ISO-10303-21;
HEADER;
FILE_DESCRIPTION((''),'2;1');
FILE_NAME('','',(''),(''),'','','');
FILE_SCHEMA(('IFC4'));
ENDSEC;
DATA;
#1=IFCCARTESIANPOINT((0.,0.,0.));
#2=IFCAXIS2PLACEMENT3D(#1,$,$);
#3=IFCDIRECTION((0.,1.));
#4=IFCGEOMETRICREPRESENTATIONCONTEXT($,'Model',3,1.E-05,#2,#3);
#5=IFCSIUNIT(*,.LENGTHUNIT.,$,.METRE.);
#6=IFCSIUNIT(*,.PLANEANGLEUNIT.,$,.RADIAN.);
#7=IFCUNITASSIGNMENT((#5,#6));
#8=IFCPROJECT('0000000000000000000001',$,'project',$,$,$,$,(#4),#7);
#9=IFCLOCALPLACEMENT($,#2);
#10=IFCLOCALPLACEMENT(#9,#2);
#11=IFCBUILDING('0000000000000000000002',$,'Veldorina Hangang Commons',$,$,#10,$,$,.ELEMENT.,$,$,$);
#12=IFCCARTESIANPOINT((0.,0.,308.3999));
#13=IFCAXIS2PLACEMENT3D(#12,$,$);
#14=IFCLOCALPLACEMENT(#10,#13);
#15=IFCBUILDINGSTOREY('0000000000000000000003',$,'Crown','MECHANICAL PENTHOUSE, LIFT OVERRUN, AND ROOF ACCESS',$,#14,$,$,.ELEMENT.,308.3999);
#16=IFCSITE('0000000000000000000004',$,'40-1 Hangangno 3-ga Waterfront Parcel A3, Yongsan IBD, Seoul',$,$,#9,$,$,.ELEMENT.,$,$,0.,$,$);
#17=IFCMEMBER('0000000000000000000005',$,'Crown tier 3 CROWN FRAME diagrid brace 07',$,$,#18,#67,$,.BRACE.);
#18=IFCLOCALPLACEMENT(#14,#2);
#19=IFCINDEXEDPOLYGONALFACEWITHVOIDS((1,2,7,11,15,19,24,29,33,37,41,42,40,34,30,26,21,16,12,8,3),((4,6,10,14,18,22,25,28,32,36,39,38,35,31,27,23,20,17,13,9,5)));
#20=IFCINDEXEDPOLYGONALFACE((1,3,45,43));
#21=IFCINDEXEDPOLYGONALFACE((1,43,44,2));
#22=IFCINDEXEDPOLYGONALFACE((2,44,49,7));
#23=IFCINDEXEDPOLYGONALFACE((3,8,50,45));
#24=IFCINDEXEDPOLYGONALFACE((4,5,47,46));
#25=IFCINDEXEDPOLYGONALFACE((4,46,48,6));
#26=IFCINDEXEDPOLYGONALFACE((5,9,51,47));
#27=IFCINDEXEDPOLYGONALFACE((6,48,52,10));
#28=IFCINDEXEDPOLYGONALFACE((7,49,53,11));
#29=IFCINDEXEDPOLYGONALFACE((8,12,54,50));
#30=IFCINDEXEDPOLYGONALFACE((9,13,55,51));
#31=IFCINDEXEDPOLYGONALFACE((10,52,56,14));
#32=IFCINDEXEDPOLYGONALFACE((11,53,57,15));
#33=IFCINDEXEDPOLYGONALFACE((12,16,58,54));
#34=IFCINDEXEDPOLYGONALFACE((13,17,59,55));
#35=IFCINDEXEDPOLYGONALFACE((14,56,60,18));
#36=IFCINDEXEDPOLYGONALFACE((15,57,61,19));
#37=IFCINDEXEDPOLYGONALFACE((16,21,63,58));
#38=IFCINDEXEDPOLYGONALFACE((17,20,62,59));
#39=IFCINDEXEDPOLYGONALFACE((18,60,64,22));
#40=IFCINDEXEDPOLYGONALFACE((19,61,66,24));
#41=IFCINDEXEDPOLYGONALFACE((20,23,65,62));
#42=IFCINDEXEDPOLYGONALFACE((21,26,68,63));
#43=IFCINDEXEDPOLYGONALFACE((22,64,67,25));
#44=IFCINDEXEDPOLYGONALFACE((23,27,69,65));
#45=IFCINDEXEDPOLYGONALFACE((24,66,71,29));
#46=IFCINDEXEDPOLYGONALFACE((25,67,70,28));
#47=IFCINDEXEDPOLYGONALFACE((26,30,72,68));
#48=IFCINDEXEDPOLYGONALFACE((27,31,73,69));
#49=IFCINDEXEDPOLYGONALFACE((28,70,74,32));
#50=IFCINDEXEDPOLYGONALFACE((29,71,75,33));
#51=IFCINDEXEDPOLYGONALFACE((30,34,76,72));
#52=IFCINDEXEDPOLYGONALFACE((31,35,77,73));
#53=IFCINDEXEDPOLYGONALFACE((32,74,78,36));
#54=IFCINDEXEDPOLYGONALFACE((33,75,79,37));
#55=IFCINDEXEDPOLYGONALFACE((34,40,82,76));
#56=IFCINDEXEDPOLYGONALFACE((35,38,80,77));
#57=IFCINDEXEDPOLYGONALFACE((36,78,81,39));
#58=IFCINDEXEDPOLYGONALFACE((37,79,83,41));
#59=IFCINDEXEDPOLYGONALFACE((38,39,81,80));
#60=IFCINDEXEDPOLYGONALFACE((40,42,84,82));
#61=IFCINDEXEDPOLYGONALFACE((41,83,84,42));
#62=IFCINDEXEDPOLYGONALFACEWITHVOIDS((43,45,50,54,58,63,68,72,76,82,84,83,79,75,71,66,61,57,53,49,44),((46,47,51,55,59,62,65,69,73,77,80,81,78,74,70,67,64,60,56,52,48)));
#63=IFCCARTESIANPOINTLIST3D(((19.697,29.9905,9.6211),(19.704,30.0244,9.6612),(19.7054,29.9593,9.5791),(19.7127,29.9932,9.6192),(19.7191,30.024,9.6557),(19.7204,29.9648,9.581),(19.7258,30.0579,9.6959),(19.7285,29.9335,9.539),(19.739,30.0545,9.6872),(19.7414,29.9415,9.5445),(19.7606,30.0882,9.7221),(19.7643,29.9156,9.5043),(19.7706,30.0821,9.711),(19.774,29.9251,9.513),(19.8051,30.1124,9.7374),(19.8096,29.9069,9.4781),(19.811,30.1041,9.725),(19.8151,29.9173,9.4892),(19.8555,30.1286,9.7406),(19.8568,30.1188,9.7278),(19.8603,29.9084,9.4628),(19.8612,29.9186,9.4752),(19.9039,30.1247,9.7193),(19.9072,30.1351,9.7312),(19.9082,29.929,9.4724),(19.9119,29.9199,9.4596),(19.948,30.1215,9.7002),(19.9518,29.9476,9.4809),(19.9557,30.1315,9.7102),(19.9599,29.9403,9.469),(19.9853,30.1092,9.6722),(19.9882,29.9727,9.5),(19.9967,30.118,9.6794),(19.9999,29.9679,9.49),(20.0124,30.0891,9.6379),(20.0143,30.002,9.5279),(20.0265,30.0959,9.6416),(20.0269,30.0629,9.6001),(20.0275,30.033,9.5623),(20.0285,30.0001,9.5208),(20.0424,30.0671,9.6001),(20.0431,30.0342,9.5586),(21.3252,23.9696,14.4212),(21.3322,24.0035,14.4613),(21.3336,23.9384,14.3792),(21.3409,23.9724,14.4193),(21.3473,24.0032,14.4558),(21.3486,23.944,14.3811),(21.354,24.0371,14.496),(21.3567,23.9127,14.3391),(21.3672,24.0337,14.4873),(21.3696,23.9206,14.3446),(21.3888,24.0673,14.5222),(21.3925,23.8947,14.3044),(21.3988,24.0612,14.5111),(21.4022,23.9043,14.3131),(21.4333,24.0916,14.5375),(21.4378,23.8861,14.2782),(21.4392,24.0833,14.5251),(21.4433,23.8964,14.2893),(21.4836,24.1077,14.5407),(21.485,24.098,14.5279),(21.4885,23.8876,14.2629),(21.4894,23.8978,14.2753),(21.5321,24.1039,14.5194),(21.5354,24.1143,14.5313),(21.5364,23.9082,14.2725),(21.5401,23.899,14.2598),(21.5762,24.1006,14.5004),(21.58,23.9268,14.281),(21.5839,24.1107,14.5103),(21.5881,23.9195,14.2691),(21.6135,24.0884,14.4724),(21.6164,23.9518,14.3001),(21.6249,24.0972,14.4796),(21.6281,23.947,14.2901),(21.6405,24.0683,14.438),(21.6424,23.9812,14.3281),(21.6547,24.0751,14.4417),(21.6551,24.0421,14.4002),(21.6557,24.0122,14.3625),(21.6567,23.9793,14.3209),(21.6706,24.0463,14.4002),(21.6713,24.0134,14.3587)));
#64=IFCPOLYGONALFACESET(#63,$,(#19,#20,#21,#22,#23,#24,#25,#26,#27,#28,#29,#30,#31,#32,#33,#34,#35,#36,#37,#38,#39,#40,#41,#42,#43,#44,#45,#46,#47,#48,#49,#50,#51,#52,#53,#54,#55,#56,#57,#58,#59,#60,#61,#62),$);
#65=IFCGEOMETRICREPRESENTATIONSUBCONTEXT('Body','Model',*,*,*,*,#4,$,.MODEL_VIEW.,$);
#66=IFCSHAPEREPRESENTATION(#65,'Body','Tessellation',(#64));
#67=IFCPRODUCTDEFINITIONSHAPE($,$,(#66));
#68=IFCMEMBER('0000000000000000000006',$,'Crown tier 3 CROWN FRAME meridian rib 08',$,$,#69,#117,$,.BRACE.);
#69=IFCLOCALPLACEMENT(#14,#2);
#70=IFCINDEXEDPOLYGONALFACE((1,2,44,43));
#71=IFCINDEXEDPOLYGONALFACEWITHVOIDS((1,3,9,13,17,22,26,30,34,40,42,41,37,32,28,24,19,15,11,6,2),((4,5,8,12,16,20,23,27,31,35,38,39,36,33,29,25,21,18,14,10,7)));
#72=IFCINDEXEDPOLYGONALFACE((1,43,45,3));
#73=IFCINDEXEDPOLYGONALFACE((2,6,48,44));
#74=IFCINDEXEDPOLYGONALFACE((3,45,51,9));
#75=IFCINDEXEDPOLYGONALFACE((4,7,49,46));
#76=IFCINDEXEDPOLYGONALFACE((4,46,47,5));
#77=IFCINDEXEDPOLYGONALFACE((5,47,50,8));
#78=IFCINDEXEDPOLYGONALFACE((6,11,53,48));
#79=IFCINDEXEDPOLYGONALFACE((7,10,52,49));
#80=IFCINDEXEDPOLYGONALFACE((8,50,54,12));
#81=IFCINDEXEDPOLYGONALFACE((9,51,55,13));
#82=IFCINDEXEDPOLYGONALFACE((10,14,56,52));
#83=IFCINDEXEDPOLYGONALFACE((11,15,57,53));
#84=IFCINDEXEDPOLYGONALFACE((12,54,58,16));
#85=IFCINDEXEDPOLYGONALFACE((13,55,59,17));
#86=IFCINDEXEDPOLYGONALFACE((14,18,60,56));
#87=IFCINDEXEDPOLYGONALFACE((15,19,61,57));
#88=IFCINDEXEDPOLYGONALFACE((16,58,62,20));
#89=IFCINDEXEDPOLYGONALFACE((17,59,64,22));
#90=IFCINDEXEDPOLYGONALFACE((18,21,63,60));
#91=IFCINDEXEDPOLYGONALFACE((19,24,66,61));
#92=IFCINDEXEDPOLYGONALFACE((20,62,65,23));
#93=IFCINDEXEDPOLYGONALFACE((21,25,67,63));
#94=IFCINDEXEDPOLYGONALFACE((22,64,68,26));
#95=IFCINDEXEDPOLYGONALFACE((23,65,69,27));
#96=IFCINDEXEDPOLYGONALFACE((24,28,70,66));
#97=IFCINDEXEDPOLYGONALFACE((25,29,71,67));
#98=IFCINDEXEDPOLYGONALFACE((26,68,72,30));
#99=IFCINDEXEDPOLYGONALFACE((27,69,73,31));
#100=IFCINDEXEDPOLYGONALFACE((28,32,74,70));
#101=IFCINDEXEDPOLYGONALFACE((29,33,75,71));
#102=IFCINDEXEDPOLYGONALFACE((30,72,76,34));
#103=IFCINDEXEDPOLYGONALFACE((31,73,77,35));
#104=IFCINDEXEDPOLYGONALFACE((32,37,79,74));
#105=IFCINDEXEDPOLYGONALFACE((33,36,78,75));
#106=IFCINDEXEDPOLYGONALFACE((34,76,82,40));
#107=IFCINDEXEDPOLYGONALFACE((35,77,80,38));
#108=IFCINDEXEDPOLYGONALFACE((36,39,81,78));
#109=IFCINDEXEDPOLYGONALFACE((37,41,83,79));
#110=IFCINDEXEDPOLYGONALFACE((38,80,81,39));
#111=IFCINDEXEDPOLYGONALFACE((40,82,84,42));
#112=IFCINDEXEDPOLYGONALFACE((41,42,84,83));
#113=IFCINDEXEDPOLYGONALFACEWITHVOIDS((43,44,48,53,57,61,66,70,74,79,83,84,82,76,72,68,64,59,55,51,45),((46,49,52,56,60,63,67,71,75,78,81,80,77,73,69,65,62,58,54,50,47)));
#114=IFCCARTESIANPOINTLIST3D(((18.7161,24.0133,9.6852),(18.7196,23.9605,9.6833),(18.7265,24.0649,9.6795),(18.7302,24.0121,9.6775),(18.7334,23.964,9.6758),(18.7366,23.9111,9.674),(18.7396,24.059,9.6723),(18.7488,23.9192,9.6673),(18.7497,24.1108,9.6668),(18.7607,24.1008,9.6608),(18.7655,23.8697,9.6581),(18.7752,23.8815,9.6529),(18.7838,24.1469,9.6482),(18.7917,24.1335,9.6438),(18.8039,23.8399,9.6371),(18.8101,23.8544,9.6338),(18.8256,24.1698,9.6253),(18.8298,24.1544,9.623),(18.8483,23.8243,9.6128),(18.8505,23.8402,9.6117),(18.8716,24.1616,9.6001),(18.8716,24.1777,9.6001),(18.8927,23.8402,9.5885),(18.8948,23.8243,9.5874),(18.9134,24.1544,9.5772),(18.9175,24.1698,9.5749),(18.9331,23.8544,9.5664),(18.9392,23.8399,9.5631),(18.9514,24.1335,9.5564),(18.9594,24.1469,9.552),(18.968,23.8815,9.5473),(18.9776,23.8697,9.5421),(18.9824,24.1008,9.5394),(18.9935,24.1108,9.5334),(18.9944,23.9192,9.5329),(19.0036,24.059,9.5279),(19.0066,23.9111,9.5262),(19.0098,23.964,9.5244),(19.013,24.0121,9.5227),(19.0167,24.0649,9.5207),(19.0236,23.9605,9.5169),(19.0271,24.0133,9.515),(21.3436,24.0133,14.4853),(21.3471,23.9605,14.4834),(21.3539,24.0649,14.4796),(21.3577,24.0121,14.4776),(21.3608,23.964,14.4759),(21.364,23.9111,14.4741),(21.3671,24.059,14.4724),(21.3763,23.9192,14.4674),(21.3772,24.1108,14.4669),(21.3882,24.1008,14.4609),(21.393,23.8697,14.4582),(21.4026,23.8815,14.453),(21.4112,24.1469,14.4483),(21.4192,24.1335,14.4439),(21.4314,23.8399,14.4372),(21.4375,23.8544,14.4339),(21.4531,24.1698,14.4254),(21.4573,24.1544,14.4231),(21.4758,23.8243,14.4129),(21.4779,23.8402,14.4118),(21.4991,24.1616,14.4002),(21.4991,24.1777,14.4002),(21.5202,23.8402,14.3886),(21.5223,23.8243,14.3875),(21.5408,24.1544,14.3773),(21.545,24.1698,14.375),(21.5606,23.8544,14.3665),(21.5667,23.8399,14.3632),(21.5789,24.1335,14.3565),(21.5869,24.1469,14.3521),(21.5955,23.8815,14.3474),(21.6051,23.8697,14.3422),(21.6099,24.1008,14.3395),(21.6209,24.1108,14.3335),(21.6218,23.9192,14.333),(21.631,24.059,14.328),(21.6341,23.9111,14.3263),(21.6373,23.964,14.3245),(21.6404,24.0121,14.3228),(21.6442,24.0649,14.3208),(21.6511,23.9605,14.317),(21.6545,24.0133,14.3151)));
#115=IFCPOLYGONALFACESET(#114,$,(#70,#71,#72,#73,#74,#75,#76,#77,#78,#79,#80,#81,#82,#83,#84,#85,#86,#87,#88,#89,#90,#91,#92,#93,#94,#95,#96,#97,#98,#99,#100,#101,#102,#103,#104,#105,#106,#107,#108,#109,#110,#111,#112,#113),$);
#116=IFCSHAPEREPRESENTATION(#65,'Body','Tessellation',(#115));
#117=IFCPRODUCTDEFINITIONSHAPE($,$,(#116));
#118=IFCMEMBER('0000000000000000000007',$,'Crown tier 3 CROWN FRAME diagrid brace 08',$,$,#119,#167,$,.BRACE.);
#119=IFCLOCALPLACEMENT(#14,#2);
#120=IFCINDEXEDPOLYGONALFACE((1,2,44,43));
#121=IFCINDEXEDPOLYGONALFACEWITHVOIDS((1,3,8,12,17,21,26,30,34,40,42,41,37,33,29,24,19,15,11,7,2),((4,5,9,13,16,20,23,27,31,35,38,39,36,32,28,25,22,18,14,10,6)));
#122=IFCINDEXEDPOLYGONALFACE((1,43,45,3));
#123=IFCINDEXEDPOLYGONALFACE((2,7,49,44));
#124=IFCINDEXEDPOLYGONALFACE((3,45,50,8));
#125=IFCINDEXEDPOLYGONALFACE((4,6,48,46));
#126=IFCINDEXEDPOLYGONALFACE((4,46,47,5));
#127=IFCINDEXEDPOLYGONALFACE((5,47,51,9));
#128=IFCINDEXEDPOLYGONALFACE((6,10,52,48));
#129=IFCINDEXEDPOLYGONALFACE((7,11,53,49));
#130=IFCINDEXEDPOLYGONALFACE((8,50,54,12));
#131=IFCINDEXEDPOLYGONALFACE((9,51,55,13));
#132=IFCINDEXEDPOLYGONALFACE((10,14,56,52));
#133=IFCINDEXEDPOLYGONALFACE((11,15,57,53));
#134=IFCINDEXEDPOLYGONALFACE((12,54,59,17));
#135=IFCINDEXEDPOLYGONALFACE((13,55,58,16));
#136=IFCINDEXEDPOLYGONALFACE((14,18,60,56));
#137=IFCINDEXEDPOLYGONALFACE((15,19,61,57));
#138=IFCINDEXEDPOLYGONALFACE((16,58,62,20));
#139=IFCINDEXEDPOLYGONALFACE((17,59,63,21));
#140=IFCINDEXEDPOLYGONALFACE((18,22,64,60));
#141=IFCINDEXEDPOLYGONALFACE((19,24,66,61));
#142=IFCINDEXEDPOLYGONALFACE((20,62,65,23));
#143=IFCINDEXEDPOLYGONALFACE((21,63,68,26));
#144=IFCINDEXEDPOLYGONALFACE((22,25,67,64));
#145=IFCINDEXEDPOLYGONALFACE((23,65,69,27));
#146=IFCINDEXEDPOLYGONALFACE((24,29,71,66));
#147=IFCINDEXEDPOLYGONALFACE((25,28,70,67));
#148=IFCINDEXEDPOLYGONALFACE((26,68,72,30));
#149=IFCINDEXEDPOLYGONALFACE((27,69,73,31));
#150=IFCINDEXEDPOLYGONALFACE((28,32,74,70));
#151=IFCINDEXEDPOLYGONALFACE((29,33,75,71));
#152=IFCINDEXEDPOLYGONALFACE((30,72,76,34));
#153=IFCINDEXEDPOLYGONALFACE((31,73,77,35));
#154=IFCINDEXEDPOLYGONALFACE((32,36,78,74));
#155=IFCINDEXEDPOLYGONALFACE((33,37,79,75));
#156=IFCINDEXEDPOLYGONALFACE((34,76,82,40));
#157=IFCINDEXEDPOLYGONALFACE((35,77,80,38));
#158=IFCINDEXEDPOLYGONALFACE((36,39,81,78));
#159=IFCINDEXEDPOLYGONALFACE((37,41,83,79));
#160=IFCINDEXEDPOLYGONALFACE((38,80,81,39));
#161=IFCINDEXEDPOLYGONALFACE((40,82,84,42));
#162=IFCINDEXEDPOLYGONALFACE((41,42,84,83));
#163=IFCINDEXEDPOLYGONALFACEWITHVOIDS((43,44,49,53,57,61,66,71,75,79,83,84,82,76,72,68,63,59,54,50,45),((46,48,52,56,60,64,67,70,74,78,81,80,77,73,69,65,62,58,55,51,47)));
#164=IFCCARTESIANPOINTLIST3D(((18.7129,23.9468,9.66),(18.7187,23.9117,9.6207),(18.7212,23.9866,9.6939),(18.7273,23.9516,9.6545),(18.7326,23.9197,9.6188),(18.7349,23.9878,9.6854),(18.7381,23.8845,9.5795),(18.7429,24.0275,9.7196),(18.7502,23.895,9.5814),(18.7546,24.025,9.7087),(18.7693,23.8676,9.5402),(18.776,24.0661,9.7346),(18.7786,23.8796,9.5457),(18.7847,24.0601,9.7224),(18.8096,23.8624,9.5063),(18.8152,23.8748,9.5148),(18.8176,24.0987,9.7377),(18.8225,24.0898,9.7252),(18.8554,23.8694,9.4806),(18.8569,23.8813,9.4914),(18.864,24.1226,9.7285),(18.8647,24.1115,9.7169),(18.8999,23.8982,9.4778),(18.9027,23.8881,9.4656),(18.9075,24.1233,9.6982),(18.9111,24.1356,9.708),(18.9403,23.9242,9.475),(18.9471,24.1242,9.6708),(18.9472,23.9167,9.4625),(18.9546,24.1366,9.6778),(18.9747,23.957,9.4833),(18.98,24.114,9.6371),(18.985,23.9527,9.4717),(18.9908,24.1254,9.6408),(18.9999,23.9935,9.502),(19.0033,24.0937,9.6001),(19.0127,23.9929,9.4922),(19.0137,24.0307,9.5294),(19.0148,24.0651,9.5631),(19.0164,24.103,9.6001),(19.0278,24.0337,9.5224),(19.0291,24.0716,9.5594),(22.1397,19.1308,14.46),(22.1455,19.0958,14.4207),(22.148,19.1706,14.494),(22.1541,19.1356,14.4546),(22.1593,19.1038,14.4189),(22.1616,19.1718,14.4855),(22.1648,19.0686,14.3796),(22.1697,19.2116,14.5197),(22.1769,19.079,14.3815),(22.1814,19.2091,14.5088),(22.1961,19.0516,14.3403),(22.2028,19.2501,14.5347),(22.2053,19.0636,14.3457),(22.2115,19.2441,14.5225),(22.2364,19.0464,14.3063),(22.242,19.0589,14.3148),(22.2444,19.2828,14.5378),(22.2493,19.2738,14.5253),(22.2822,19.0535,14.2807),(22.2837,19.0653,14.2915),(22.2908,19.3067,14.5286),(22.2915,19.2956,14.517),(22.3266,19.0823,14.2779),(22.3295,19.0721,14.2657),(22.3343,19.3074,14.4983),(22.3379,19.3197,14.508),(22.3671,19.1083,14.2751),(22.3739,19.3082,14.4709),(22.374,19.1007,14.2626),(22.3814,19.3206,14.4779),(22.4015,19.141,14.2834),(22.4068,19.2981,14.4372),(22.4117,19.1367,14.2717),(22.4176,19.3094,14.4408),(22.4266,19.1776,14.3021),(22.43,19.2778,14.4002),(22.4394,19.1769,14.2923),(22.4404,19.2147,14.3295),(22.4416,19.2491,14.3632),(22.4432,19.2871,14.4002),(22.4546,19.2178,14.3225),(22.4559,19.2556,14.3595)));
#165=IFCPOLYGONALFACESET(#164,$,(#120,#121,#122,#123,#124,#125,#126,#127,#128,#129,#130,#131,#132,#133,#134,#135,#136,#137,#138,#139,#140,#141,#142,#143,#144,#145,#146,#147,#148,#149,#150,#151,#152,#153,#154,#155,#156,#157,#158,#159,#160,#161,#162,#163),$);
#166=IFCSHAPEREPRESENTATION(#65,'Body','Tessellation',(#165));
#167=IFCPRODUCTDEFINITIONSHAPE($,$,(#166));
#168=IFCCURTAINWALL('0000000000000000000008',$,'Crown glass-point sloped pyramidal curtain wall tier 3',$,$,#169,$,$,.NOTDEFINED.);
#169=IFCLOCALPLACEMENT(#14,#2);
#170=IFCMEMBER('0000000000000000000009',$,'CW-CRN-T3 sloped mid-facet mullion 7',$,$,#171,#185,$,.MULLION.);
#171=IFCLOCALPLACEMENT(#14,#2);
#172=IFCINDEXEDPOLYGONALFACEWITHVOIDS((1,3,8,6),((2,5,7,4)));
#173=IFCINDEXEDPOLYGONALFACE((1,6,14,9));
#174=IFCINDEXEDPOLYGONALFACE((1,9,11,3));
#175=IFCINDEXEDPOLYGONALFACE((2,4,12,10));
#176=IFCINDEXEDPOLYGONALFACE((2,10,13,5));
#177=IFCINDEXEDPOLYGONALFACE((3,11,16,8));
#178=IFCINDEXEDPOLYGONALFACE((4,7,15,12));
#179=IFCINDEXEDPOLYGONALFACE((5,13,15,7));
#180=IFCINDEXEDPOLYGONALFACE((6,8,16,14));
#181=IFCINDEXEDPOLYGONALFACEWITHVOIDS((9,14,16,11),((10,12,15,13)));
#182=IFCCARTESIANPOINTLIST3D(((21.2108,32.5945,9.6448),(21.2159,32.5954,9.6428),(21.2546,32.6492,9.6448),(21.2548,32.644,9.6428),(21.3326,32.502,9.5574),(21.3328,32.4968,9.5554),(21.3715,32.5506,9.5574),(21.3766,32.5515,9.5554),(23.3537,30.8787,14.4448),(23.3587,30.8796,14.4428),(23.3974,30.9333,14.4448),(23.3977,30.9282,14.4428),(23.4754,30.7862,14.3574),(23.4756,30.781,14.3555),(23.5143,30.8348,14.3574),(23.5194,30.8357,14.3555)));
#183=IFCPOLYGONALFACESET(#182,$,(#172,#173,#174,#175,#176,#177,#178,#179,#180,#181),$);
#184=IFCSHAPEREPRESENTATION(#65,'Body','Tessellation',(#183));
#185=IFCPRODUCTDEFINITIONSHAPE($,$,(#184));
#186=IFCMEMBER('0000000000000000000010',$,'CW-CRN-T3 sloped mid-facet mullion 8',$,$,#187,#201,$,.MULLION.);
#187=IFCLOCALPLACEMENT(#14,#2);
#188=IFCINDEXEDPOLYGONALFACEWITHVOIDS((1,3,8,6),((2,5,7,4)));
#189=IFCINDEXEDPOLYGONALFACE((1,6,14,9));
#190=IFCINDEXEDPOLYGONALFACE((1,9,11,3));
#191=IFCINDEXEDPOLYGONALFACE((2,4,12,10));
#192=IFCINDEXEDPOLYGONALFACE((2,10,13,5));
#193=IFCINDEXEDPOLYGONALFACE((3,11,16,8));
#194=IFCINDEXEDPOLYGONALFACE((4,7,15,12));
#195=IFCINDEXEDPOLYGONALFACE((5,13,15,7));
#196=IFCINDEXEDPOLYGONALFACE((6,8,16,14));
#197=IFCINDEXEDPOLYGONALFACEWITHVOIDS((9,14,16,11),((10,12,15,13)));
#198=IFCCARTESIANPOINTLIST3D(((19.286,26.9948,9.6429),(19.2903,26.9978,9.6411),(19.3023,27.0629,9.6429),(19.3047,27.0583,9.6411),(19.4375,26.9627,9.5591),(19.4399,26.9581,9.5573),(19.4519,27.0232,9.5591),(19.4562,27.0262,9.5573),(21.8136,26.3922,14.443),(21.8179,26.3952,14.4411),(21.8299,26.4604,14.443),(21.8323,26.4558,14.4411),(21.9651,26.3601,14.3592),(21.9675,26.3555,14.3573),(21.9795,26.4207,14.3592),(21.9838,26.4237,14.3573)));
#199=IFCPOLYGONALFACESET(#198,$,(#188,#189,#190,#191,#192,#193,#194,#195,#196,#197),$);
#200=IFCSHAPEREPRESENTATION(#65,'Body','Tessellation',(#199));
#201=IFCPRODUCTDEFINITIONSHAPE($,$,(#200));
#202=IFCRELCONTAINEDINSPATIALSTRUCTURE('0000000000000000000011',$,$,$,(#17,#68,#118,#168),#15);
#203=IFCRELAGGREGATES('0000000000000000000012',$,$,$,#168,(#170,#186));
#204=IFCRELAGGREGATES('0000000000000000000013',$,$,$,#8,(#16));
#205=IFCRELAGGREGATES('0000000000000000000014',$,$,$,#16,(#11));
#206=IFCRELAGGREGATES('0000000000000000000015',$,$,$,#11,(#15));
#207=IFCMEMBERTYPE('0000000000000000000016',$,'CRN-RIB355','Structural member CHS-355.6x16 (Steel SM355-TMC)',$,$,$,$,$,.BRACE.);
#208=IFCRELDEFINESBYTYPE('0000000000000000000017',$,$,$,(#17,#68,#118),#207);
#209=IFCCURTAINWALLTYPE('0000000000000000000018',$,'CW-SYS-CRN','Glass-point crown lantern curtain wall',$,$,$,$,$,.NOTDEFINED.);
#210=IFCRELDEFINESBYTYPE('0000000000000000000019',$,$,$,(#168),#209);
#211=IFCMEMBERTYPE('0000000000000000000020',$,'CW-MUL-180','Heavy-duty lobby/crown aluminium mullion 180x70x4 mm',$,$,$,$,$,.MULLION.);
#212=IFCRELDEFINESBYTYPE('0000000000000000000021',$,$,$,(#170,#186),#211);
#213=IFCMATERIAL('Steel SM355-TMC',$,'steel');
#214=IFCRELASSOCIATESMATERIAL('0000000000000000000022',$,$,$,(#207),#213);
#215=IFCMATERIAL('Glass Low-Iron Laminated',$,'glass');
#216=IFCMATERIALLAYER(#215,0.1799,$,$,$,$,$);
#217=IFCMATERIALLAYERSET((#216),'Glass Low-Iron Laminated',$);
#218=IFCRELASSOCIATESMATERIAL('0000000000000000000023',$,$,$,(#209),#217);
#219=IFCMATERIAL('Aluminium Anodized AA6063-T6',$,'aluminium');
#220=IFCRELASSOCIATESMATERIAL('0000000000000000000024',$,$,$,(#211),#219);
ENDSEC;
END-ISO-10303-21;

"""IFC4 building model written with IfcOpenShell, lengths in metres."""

from ifc_helpers import new_model, si_unit, direction, frame, origin, origin_2d, place, context, subcontext, project, spatial, hollow_rectangle, hollow_circle, extrude, material, layer, layer_set, material_profile, profile_set, type_object, element, aggregate, save


model = new_model("IFC4")

# Units and contexts
model_context = context("Model", 3, precision=1e-05, world=origin(), true_north=direction((0.0, 1.0)))
body_context = subcontext(model_context, "Body", "Model", "MODEL_VIEW")
ifc_project = project(units=[si_unit("LENGTHUNIT", "METRE"), si_unit("PLANEANGLEUNIT", "RADIAN")], contexts=[model_context])

# Site, building, storey
site_placement = place(None, origin())
site = spatial("IfcSite", under=ifc_project, at=site_placement, Name="40-1 Hangangno 3-ga Waterfront Parcel A3, Yongsan IBD, Seoul", CompositionType="ELEMENT", RefElevation=0.0)
building_placement = place(site_placement, origin())
building = spatial("IfcBuilding", under=site, at=building_placement, Name="Veldorina Hangang Commons", CompositionType="ELEMENT")
storey_placement = place(building_placement, frame((0.0, 0.0, 308.3999)))
storey = spatial("IfcBuildingStorey", under=building, at=storey_placement, Name="Crown", Description="MECHANICAL PENTHOUSE, LIFT OVERRUN, AND ROOF ACCESS", CompositionType="ELEMENT", Elevation=308.3999)

# Members
ifc_material_1 = material(Name="Steel SM355-TMC", Category="steel")
ifc_material_profile_1 = material_profile(ifc_material_1, hollow_circle(Radius=0.1777, WallThickness=0.0161, at=origin_2d()), Name="CHS-355.6x16")
ifc_profile_set_1 = profile_set([ifc_material_profile_1], Name="Steel SM355-TMC")
member_type_1 = type_object("IfcMemberType", Name="CRN-RIB355", Description="Structural member CHS-355.6x16 (Steel SM355-TMC)", PredefinedType="BRACE", material=ifc_profile_set_1)
member_1_placement = place(storey_placement, frame((19.8708, 30.0208, 9.6001), z_axis=(0.206877, -0.765001, 0.609898), x_axis=(0.965325, 0.26105, 0.0)))
element("IfcMember", 1, at=member_1_placement, inside=storey, type_object=member_type_1, Name="Crown tier 3 CROWN FRAME diagrid brace 07", PredefinedType="BRACE", context=body_context, shape_type="SweptSolid", body=[
    extrude(hollow_circle(Radius=0.1777, WallThickness=0.0161, at=origin_2d()), origin(), (0.0, 0.0, 1.0), 7.8704),
])
member_2_placement = place(storey_placement, frame((18.8716, 24.0, 9.6001), z_axis=(0.480152, 0.0, 0.877185), x_axis=(0.0, 1.0, 0.0)))
element("IfcMember", 2, at=member_2_placement, inside=storey, type_object=member_type_1, Name="Crown tier 3 CROWN FRAME meridian rib 08", PredefinedType="BRACE", context=body_context, shape_type="SweptSolid", body=[
    extrude(hollow_circle(Radius=0.1777, WallThickness=0.0161, at=origin_2d()), origin(), (0.0, 0.0, 1.0), 5.4722),
])
member_3_placement = place(storey_placement, frame((18.8716, 24.0, 9.6001), z_axis=(0.450048, -0.632491, 0.630407), x_axis=(0.814787, 0.57976, 0.0)))
element("IfcMember", 3, at=member_3_placement, inside=storey, type_object=member_type_1, Name="Crown tier 3 CROWN FRAME diagrid brace 08", PredefinedType="BRACE", context=body_context, shape_type="SweptSolid", body=[
    extrude(hollow_circle(Radius=0.1777, WallThickness=0.0161, at=origin_2d()), origin(), (0.0, 0.0, 1.0), 7.6143),
])

# Curtain wall, members
ifc_material_2 = material(Name="Glass Low-Iron Laminated", Category="glass")
ifc_layer_1 = layer(ifc_material_2, 0.1799)
ifc_layer_set_1 = layer_set([ifc_layer_1], Name="Glass Low-Iron Laminated")
curtain_wall_type = type_object("IfcCurtainWallType", Name="CW-SYS-CRN", Description="Glass-point crown lantern curtain wall", PredefinedType="NOTDEFINED", material=ifc_layer_set_1)
curtain_wall_1_placement = place(storey_placement, origin())
curtain_wall_1 = element("IfcCurtainWall", 4, at=curtain_wall_1_placement, inside=storey, type_object=curtain_wall_type, Name="Crown glass-point sloped pyramidal curtain wall tier 3", PredefinedType="NOTDEFINED")
ifc_material_3 = material(Name="Aluminium Anodized AA6063-T6", Category="aluminium")
ifc_material_profile_2 = material_profile(ifc_material_3, hollow_rectangle(XDim=0.0701, YDim=0.1799, WallThickness=0.0039, at=origin_2d()), Name="ALU-RHS-180x70x4")
ifc_profile_set_2 = profile_set([ifc_material_profile_2], Name="Aluminium Anodized AA6063-T6")
member_type_2 = type_object("IfcMemberType", Name="CW-MUL-180", Description="Heavy-duty lobby/crown aluminium mullion 180x70x4 mm", PredefinedType="MULLION", material=ifc_profile_set_2)
member_4_placement = place(storey_placement, frame((21.2937, 32.573, 9.6001), z_axis=(0.38752, -0.310299, 0.868068), x_axis=(0.625042, 0.780591, 0.0)))
member_4 = element("IfcMember", 5, at=member_4_placement, type_object=member_type_2, Name="CW-CRN-T3 sloped mid-facet mullion 7", PredefinedType="MULLION", context=body_context, shape_type="SweptSolid", body=[
    extrude(hollow_rectangle(XDim=0.0701, YDim=0.1799, WallThickness=0.0039, at=origin_2d()), origin(), (0.0, 0.0, 1.0), 5.5295),
])
member_5_placement = place(storey_placement, frame((19.3711, 27.0105, 9.6001), z_axis=(0.463079, -0.110391, 0.879416), x_axis=(0.231887, 0.972743, 0.0)))
member_5 = element("IfcMember", 6, at=member_5_placement, type_object=member_type_2, Name="CW-CRN-T3 sloped mid-facet mullion 8", PredefinedType="MULLION", context=body_context, shape_type="SweptSolid", body=[
    extrude(hollow_rectangle(XDim=0.0701, YDim=0.1799, WallThickness=0.0039, at=origin_2d()), origin(), (0.0, 0.0, 1.0), 5.4583),
])

aggregate(curtain_wall_1, [member_4, member_5])

save(model, "model.ifc")
